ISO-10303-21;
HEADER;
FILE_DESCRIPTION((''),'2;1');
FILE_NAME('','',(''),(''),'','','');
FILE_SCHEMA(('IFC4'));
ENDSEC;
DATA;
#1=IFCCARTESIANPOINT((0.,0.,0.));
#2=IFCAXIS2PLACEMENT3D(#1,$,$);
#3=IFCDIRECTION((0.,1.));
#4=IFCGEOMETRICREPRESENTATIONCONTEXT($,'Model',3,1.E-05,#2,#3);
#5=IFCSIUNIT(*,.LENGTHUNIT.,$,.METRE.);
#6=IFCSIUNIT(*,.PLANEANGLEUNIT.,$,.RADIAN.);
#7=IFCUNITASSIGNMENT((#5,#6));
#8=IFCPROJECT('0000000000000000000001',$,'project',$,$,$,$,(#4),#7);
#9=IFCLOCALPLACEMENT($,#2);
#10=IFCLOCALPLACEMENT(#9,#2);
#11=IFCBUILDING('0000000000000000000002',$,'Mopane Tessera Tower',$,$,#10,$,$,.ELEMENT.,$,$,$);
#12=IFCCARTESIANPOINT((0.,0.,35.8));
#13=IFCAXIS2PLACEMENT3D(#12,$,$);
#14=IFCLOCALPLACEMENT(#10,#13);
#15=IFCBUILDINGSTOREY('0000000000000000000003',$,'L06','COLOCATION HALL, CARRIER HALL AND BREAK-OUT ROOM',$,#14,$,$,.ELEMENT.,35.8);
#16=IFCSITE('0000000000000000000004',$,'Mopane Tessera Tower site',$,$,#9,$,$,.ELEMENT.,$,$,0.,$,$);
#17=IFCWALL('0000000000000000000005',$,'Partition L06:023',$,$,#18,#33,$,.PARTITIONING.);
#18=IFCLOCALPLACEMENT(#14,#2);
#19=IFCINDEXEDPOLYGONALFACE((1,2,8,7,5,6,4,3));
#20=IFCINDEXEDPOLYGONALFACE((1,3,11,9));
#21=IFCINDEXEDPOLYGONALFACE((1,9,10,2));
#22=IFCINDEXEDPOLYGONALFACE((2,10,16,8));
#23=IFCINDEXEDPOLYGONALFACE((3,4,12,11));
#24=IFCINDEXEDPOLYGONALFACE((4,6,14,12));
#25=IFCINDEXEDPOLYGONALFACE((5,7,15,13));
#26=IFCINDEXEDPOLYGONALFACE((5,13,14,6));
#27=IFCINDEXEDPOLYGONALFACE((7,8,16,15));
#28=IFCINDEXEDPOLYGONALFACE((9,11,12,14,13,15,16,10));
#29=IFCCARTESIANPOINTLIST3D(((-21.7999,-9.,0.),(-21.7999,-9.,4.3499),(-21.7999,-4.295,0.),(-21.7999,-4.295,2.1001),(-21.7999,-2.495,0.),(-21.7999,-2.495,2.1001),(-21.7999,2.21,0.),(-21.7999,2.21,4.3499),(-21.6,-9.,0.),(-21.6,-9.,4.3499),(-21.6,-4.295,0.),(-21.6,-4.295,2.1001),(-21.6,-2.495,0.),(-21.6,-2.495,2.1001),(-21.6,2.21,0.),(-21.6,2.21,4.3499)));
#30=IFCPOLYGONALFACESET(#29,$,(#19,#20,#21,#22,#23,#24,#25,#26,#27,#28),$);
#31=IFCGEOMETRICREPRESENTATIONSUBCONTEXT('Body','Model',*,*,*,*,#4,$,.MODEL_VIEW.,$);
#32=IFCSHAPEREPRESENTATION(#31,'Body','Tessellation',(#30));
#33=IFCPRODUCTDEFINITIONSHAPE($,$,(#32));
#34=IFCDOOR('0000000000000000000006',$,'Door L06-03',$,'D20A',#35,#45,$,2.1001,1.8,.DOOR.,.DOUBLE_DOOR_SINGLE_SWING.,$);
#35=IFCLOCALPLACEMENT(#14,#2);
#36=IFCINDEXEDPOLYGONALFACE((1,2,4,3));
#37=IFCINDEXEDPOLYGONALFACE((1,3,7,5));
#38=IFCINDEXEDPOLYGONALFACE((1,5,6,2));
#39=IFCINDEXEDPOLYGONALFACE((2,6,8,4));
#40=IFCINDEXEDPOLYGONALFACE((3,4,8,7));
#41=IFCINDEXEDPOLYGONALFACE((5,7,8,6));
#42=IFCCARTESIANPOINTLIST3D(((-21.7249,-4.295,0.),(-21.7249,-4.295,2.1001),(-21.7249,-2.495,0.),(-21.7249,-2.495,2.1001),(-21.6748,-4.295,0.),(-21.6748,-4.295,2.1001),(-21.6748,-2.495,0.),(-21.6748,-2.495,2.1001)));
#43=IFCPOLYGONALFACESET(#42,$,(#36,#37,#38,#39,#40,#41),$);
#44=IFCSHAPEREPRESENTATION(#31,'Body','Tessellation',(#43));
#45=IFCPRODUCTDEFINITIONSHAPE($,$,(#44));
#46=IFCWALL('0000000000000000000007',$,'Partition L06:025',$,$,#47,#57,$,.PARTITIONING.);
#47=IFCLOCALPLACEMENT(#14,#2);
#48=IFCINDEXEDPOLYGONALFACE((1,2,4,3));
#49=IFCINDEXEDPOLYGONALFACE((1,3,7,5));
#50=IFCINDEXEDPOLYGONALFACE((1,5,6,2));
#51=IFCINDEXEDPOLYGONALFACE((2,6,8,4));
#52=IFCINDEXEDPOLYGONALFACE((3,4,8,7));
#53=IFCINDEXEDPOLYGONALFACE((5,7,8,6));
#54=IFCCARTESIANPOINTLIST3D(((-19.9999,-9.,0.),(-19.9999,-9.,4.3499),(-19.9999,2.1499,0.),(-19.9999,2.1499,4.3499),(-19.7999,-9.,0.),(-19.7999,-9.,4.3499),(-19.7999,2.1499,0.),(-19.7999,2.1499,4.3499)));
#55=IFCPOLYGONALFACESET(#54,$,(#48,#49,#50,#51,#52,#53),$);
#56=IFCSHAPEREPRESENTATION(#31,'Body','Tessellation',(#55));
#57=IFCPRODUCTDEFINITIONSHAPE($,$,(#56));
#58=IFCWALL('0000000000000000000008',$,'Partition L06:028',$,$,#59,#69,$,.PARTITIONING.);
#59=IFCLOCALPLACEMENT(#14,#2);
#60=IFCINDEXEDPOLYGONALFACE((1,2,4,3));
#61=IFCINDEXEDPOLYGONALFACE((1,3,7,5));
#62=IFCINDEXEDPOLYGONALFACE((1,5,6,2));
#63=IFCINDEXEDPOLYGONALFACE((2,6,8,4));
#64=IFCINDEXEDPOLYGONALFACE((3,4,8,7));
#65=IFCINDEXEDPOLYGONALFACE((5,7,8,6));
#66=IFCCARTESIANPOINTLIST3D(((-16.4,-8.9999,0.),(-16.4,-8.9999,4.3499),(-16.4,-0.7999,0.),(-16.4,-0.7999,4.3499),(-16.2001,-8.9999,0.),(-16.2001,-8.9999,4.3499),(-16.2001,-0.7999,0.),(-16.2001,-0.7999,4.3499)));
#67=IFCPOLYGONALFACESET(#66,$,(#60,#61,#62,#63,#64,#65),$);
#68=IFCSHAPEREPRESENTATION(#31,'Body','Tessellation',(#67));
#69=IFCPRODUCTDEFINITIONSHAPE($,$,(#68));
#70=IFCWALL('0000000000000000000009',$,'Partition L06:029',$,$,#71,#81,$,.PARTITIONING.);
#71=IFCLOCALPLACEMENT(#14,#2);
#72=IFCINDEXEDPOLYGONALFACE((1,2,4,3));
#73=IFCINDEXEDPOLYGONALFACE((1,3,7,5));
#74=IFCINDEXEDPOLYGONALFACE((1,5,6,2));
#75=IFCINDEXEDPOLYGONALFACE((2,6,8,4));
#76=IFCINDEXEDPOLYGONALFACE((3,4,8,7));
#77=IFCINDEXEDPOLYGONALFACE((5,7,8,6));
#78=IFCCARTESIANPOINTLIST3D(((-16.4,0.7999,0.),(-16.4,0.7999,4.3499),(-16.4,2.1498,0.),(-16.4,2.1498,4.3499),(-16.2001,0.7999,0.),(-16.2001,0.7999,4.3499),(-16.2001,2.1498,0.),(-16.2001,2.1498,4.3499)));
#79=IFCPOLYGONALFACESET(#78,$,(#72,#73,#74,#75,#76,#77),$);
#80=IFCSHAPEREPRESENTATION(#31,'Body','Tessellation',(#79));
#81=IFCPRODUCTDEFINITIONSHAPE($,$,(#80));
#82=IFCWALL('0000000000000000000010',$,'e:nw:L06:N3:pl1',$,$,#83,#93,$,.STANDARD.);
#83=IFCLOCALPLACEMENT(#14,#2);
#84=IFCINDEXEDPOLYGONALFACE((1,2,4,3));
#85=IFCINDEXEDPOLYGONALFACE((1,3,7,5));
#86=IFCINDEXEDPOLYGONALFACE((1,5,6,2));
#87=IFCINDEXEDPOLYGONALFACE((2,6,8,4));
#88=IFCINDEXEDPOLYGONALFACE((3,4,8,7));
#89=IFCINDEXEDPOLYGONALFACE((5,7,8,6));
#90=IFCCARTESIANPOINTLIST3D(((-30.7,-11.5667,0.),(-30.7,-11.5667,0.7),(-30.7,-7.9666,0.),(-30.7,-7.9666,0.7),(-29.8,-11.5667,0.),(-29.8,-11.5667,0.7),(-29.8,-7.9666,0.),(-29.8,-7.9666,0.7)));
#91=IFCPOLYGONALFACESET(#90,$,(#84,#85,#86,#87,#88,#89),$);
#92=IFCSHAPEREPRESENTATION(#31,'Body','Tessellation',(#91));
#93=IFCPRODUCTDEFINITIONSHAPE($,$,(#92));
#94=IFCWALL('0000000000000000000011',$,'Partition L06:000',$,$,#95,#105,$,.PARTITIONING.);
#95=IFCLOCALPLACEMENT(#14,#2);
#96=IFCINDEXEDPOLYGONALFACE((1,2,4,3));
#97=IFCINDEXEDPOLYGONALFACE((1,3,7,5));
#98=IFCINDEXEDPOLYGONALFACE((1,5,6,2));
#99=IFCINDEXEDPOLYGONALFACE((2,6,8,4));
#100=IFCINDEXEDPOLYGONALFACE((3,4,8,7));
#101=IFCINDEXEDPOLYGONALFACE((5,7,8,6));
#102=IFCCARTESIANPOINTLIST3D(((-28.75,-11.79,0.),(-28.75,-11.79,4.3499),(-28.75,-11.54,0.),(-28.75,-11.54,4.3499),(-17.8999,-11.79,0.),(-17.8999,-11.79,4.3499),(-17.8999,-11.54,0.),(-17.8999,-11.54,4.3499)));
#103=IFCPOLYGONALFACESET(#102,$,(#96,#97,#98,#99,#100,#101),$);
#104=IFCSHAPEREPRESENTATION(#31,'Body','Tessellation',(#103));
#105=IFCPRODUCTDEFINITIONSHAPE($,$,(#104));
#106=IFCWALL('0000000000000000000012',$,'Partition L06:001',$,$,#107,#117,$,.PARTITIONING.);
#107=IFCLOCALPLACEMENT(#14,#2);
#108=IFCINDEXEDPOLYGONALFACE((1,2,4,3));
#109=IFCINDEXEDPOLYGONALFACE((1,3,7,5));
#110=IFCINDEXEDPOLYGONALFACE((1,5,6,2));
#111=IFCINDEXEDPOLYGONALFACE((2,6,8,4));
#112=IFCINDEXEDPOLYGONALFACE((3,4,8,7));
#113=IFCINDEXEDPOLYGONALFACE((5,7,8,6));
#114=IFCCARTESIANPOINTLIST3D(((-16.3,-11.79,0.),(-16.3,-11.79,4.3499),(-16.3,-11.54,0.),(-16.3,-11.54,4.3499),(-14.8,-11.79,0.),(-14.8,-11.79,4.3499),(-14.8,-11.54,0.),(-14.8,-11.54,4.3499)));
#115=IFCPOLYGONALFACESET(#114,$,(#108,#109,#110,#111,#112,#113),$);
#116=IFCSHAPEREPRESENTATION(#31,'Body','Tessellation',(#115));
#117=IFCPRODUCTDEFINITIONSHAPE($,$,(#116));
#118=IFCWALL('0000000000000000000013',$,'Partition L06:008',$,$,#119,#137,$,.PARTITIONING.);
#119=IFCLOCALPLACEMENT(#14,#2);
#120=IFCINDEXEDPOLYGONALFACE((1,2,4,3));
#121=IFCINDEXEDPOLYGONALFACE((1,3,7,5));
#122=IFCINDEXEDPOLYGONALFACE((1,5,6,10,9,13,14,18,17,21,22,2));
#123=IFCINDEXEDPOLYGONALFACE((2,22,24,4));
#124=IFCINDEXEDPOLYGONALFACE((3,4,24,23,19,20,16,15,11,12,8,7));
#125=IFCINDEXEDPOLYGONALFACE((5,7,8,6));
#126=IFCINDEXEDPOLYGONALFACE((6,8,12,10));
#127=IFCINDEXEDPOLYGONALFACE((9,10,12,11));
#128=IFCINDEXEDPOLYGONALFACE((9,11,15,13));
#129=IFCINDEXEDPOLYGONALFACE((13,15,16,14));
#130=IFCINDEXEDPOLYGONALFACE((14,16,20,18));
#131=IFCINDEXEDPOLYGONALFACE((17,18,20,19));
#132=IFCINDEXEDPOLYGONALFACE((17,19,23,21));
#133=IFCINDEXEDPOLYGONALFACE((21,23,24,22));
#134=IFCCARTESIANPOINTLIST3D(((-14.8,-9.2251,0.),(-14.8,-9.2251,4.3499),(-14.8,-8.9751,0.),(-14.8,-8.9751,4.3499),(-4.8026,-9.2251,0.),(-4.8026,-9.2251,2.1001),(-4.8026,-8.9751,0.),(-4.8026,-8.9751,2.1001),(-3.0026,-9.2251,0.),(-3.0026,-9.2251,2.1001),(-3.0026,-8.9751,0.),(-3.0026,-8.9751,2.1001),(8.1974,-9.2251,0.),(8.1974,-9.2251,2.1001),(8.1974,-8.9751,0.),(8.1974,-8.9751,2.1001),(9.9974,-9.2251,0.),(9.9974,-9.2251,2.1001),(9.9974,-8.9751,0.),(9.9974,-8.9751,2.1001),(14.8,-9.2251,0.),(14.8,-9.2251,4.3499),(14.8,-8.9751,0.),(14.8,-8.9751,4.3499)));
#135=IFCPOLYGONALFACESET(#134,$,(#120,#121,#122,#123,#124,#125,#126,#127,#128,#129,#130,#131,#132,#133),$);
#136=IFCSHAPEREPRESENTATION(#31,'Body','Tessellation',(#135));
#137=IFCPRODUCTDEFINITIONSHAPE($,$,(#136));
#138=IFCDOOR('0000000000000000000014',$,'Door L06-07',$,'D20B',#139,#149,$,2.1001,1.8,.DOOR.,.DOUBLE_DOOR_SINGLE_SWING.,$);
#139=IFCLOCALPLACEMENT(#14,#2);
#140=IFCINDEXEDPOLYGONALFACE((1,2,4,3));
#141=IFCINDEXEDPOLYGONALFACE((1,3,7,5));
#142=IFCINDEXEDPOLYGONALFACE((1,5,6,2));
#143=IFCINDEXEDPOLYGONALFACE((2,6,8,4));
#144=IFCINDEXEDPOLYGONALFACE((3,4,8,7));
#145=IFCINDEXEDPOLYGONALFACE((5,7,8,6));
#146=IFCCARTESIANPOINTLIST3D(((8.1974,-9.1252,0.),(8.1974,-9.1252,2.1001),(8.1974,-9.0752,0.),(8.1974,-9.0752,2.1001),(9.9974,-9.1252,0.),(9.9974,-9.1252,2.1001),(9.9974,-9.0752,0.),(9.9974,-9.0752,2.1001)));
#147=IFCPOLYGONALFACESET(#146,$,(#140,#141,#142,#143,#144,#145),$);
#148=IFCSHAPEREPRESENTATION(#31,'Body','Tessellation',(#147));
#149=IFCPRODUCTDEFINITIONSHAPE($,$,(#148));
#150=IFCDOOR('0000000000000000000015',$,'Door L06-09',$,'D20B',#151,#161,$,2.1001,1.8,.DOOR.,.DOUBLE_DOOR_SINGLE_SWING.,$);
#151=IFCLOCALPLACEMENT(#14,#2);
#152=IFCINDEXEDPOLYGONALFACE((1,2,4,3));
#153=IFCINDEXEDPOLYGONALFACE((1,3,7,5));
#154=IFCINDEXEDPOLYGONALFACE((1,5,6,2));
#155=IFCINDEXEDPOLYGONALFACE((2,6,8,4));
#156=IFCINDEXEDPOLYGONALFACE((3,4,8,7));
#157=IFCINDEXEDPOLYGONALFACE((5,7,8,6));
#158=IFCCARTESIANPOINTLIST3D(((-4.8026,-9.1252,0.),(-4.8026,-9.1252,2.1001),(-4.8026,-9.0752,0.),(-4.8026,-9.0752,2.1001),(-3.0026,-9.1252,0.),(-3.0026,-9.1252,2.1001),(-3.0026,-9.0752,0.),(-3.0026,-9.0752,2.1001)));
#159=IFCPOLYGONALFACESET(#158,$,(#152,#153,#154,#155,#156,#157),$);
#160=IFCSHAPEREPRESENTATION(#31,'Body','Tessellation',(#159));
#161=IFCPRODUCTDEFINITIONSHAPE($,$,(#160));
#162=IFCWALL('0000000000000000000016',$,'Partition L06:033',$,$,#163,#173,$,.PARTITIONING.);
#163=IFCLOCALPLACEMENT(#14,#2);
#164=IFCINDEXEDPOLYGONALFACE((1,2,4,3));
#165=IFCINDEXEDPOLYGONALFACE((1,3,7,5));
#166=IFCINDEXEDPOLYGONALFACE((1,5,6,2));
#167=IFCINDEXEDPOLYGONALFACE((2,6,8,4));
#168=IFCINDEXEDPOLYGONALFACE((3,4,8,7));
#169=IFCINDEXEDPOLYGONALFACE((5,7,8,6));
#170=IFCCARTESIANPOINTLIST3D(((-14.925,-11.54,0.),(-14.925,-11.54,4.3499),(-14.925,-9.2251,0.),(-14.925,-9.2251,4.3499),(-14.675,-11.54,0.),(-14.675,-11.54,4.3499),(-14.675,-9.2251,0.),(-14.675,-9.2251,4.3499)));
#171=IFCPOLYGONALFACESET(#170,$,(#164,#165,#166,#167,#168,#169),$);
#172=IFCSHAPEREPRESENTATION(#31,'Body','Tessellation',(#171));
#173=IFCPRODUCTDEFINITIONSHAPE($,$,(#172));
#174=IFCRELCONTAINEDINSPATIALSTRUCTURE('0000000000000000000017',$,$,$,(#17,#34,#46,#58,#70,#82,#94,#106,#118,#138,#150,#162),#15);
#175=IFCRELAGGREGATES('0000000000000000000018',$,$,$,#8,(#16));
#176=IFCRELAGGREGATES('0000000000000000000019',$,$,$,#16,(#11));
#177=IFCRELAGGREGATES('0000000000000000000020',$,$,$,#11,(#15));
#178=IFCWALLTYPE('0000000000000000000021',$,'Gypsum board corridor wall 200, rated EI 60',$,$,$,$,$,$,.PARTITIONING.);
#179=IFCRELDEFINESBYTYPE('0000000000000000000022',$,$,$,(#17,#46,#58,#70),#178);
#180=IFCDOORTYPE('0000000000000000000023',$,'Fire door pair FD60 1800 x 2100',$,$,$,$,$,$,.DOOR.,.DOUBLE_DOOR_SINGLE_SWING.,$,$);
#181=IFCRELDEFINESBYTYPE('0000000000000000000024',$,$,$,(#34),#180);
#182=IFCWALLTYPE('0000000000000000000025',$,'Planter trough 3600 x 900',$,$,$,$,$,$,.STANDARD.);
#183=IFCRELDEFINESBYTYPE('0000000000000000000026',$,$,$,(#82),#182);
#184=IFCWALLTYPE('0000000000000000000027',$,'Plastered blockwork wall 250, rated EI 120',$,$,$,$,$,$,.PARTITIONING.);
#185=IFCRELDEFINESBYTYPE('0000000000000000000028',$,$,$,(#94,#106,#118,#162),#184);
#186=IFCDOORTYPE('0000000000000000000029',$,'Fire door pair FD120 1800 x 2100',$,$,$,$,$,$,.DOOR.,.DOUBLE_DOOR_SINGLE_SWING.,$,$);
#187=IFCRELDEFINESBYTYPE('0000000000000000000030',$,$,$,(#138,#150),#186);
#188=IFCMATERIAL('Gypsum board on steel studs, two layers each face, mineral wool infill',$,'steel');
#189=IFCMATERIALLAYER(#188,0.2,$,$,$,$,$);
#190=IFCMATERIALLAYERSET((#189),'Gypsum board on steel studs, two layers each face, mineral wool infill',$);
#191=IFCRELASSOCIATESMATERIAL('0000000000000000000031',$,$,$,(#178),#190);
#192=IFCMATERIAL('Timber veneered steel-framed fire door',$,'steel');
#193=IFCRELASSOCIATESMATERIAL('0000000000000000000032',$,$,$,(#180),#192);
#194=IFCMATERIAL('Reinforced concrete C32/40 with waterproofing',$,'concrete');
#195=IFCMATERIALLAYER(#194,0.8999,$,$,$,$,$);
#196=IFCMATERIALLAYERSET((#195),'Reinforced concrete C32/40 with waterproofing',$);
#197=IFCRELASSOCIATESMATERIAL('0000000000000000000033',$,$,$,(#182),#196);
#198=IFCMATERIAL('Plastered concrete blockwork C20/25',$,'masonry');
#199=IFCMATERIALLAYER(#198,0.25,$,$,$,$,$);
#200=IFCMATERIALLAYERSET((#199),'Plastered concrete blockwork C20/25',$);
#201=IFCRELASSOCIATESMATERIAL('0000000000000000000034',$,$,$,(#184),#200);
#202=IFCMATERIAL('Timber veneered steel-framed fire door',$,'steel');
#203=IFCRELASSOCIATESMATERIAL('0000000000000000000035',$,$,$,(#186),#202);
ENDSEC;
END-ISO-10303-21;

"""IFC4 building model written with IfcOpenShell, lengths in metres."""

from ifc_helpers import new_model, si_unit, direction, frame, frame_2d, origin, place, context, subcontext, project, spatial, rectangle, extrude, material, layer, layer_set, type_object, element, fill, save


model = new_model("IFC4")

# Units and contexts
model_context = context("Model", 3, precision=1e-05, world=origin(), true_north=direction((0.0, 1.0)))
body_context = subcontext(model_context, "Body", "Model", "MODEL_VIEW")
ifc_project = project(units=[si_unit("LENGTHUNIT", "METRE"), si_unit("PLANEANGLEUNIT", "RADIAN")], contexts=[model_context])

# Site, building, storey
site_placement = place(None, origin())
site = spatial("IfcSite", under=ifc_project, at=site_placement, Name="Mopane Tessera Tower site", CompositionType="ELEMENT", RefElevation=0.0)
building_placement = place(site_placement, origin())
building = spatial("IfcBuilding", under=site, at=building_placement, Name="Mopane Tessera Tower", CompositionType="ELEMENT")
storey_placement = place(building_placement, frame((0.0, 0.0, 35.8)))
storey = spatial("IfcBuildingStorey", under=building, at=storey_placement, Name="L06", Description="COLOCATION HALL, CARRIER HALL AND BREAK-OUT ROOM", CompositionType="ELEMENT", Elevation=35.8)

# Shared definitions
ifc_material_1 = material(Name="Gypsum board on steel studs, two layers each face, mineral wool infill", Category="steel")
ifc_layer_1 = layer(ifc_material_1, 0.2)
ifc_layer_set_1 = layer_set([ifc_layer_1], Name="Gypsum board on steel studs, two layers each face, mineral wool infill")
wall_type_1 = type_object("IfcWallType", Name="Gypsum board corridor wall 200, rated EI 60", PredefinedType="PARTITIONING", material=ifc_layer_set_1)

# Wall, opening, door
wall_1_placement = place(storey_placement, frame((-21.7, -9.0, 0.0), z_axis=(0.0, 0.0, 1.0), x_axis=(0.0, 1.0, 0.0)))
wall_1 = element("IfcWall", 1, at=wall_1_placement, inside=storey, type_object=wall_type_1, Name="Partition L06:023", PredefinedType="PARTITIONING", context=body_context, shape_type="SweptSolid", body=[
    extrude(rectangle(XDim=11.21, YDim=0.2, at=frame_2d((5.605, 0.0))), origin(), (0.0, 0.0, 1.0), 4.3499),
])
opening_1_placement = place(wall_1_placement, frame((4.7051, 0.0, 0.0)))
opening_1 = element("IfcOpeningElement", 2, at=opening_1_placement, cuts=wall_1, PredefinedType="OPENING", context=body_context, shape_type="SweptSolid", body=[
    extrude(rectangle(XDim=1.8, YDim=2.1001, at=frame_2d((0.8999, 1.05))), frame((0.0, 0.1121, 0.0), z_axis=(0.0, -1.0, 0.0), x_axis=(1.0, 0.0, 0.0)), (0.0, 0.0, 1.0), 0.2239),
])
ifc_material_2 = material(Name="Timber veneered steel-framed fire door", Category="steel")
door_type_1 = type_object("IfcDoorType", Name="Fire door pair FD60 1800 x 2100", OperationType="DOUBLE_DOOR_SINGLE_SWING", PredefinedType="DOOR", material=ifc_material_2)
door_1_placement = place(opening_1_placement, origin())
door_1 = element("IfcDoor", 3, at=door_1_placement, inside=storey, type_object=door_type_1, Name="Door L06-03", ObjectType="D20A", OperationType="DOUBLE_DOOR_SINGLE_SWING", OverallHeight=2.1001, OverallWidth=1.8, PredefinedType="DOOR", context=body_context, shape_type="SweptSolid", body=[
    extrude(rectangle(XDim=1.8, YDim=2.1001, at=frame_2d((0.8999, 1.05))), frame((0.0, 0.0249, 0.0), z_axis=(0.0, -1.0, 0.0), x_axis=(1.0, 0.0, 0.0)), (0.0, 0.0, 1.0), 0.05),
])
fill(opening_1, door_1)

# Walls
wall_2_placement = place(storey_placement, frame((-19.8999, -9.0, 0.0), z_axis=(0.0, 0.0, 1.0), x_axis=(0.0, 1.0, 0.0)))
element("IfcWall", 4, at=wall_2_placement, inside=storey, type_object=wall_type_1, Name="Partition L06:025", PredefinedType="PARTITIONING", context=body_context, shape_type="SweptSolid", body=[
    extrude(rectangle(XDim=11.1499, YDim=0.2, at=frame_2d((5.575, 0.0))), origin(), (0.0, 0.0, 1.0), 4.3499),
])
wall_3_placement = place(storey_placement, frame((-16.3, -9.0, 0.0), z_axis=(0.0, 0.0, 1.0), x_axis=(0.0, 1.0, 0.0)))
element("IfcWall", 5, at=wall_3_placement, inside=storey, type_object=wall_type_1, Name="Partition L06:028", PredefinedType="PARTITIONING", context=body_context, shape_type="SweptSolid", body=[
    extrude(rectangle(XDim=8.2, YDim=0.2, at=frame_2d((4.1001, 0.0))), origin(), (0.0, 0.0, 1.0), 4.3499),
])
wall_4_placement = place(storey_placement, frame((-16.3, 0.8, 0.0), z_axis=(0.0, 0.0, 1.0), x_axis=(0.0, 1.0, 0.0)))
element("IfcWall", 6, at=wall_4_placement, inside=storey, type_object=wall_type_1, Name="Partition L06:029", PredefinedType="PARTITIONING", context=body_context, shape_type="SweptSolid", body=[
    extrude(rectangle(XDim=1.3499, YDim=0.2, at=frame_2d((0.6748, 0.0))), origin(), (0.0, 0.0, 1.0), 4.3499),
])
ifc_material_3 = material(Name="Reinforced concrete C32/40 with waterproofing", Category="concrete")
ifc_layer_2 = layer(ifc_material_3, 0.8999)
ifc_layer_set_2 = layer_set([ifc_layer_2], Name="Reinforced concrete C32/40 with waterproofing")
wall_type_2 = type_object("IfcWallType", Name="Planter trough 3600 x 900", PredefinedType="STANDARD", material=ifc_layer_set_2)
wall_5_placement = place(storey_placement, frame((-30.25, -7.9666, 0.0), z_axis=(0.0, 0.0, 1.0), x_axis=(0.0, -1.0, 0.0)))
element("IfcWall", 7, at=wall_5_placement, inside=storey, type_object=wall_type_2, Name="e:nw:L06:N3:pl1", PredefinedType="STANDARD", context=body_context, shape_type="SweptSolid", body=[
    extrude(rectangle(XDim=3.6001, YDim=0.8999, at=frame_2d((1.8, 0.0))), origin(), (0.0, 0.0, 1.0), 0.7),
])
ifc_material_4 = material(Name="Plastered concrete blockwork C20/25", Category="masonry")
ifc_layer_3 = layer(ifc_material_4, 0.25)
ifc_layer_set_3 = layer_set([ifc_layer_3], Name="Plastered concrete blockwork C20/25")
wall_type_3 = type_object("IfcWallType", Name="Plastered blockwork wall 250, rated EI 120", PredefinedType="PARTITIONING", material=ifc_layer_set_3)
wall_6_placement = place(storey_placement, frame((-28.75, -11.665, 0.0), z_axis=(0.0, 0.0, 1.0), x_axis=(1.0, 0.0, 0.0)))
element("IfcWall", 8, at=wall_6_placement, inside=storey, type_object=wall_type_3, Name="Partition L06:000", PredefinedType="PARTITIONING", context=body_context, shape_type="SweptSolid", body=[
    extrude(rectangle(XDim=10.8501, YDim=0.25, at=frame_2d((5.425, 0.0))), origin(), (0.0, 0.0, 1.0), 4.3499),
])
wall_7_placement = place(storey_placement, frame((-16.3, -11.665, 0.0), z_axis=(0.0, 0.0, 1.0), x_axis=(1.0, 0.0, 0.0)))
element("IfcWall", 9, at=wall_7_placement, inside=storey, type_object=wall_type_3, Name="Partition L06:001", PredefinedType="PARTITIONING", context=body_context, shape_type="SweptSolid", body=[
    extrude(rectangle(XDim=1.5, YDim=0.25, at=frame_2d((0.75, 0.0))), origin(), (0.0, 0.0, 1.0), 4.3499),
])

# Wall, openings, doors
wall_8_placement = place(storey_placement, frame((-14.8, -9.1001, 0.0), z_axis=(0.0, 0.0, 1.0), x_axis=(1.0, 0.0, 0.0)))
wall_8 = element("IfcWall", 10, at=wall_8_placement, inside=storey, type_object=wall_type_3, Name="Partition L06:008", PredefinedType="PARTITIONING", context=body_context, shape_type="SweptSolid", body=[
    extrude(rectangle(XDim=29.6001, YDim=0.25, at=frame_2d((14.8, 0.0))), origin(), (0.0, 0.0, 1.0), 4.3499),
])
opening_2_placement = place(wall_8_placement, frame((22.9976, 0.0, 0.0)))
opening_2 = element("IfcOpeningElement", 11, at=opening_2_placement, cuts=wall_8, PredefinedType="OPENING", context=body_context, shape_type="SweptSolid", body=[
    extrude(rectangle(XDim=1.8, YDim=2.1001, at=frame_2d((0.8999, 1.05))), frame((0.0, 0.137, 0.0), z_axis=(0.0, -1.0, 0.0), x_axis=(1.0, 0.0, 0.0)), (0.0, 0.0, 1.0), 0.2739),
])
opening_3_placement = place(wall_8_placement, frame((9.9976, 0.0, 0.0)))
opening_3 = element("IfcOpeningElement", 12, at=opening_3_placement, cuts=wall_8, PredefinedType="OPENING", context=body_context, shape_type="SweptSolid", body=[
    extrude(rectangle(XDim=1.8, YDim=2.1001, at=frame_2d((0.8999, 1.05))), frame((0.0, 0.137, 0.0), z_axis=(0.0, -1.0, 0.0), x_axis=(1.0, 0.0, 0.0)), (0.0, 0.0, 1.0), 0.2739),
])
ifc_material_5 = material(Name="Timber veneered steel-framed fire door", Category="steel")
door_type_2 = type_object("IfcDoorType", Name="Fire door pair FD120 1800 x 2100", OperationType="DOUBLE_DOOR_SINGLE_SWING", PredefinedType="DOOR", material=ifc_material_5)
door_2_placement = place(opening_2_placement, origin())
door_2 = element("IfcDoor", 13, at=door_2_placement, inside=storey, type_object=door_type_2, Name="Door L06-07", ObjectType="D20B", OperationType="DOUBLE_DOOR_SINGLE_SWING", OverallHeight=2.1001, OverallWidth=1.8, PredefinedType="DOOR", context=body_context, shape_type="SweptSolid", body=[
    extrude(rectangle(XDim=1.8, YDim=2.1001, at=frame_2d((0.8999, 1.05))), frame((0.0, 0.0249, 0.0), z_axis=(0.0, -1.0, 0.0), x_axis=(1.0, 0.0, 0.0)), (0.0, 0.0, 1.0), 0.05),
])
fill(opening_2, door_2)
door_3_placement = place(opening_3_placement, origin())
door_3 = element("IfcDoor", 14, at=door_3_placement, inside=storey, type_object=door_type_2, Name="Door L06-09", ObjectType="D20B", OperationType="DOUBLE_DOOR_SINGLE_SWING", OverallHeight=2.1001, OverallWidth=1.8, PredefinedType="DOOR", context=body_context, shape_type="SweptSolid", body=[
    extrude(rectangle(XDim=1.8, YDim=2.1001, at=frame_2d((0.8999, 1.05))), frame((0.0, 0.0249, 0.0), z_axis=(0.0, -1.0, 0.0), x_axis=(1.0, 0.0, 0.0)), (0.0, 0.0, 1.0), 0.05),
])
fill(opening_3, door_3)

# Wall
wall_9_placement = place(storey_placement, frame((-14.8, -11.54, 0.0), z_axis=(0.0, 0.0, 1.0), x_axis=(0.0, 1.0, 0.0)))
element("IfcWall", 15, at=wall_9_placement, inside=storey, type_object=wall_type_3, Name="Partition L06:033", PredefinedType="PARTITIONING", context=body_context, shape_type="SweptSolid", body=[
    extrude(rectangle(XDim=2.3149, YDim=0.25, at=frame_2d((1.1575, 0.0))), origin(), (0.0, 0.0, 1.0), 4.3499),
])

save(model, "model.ifc")
